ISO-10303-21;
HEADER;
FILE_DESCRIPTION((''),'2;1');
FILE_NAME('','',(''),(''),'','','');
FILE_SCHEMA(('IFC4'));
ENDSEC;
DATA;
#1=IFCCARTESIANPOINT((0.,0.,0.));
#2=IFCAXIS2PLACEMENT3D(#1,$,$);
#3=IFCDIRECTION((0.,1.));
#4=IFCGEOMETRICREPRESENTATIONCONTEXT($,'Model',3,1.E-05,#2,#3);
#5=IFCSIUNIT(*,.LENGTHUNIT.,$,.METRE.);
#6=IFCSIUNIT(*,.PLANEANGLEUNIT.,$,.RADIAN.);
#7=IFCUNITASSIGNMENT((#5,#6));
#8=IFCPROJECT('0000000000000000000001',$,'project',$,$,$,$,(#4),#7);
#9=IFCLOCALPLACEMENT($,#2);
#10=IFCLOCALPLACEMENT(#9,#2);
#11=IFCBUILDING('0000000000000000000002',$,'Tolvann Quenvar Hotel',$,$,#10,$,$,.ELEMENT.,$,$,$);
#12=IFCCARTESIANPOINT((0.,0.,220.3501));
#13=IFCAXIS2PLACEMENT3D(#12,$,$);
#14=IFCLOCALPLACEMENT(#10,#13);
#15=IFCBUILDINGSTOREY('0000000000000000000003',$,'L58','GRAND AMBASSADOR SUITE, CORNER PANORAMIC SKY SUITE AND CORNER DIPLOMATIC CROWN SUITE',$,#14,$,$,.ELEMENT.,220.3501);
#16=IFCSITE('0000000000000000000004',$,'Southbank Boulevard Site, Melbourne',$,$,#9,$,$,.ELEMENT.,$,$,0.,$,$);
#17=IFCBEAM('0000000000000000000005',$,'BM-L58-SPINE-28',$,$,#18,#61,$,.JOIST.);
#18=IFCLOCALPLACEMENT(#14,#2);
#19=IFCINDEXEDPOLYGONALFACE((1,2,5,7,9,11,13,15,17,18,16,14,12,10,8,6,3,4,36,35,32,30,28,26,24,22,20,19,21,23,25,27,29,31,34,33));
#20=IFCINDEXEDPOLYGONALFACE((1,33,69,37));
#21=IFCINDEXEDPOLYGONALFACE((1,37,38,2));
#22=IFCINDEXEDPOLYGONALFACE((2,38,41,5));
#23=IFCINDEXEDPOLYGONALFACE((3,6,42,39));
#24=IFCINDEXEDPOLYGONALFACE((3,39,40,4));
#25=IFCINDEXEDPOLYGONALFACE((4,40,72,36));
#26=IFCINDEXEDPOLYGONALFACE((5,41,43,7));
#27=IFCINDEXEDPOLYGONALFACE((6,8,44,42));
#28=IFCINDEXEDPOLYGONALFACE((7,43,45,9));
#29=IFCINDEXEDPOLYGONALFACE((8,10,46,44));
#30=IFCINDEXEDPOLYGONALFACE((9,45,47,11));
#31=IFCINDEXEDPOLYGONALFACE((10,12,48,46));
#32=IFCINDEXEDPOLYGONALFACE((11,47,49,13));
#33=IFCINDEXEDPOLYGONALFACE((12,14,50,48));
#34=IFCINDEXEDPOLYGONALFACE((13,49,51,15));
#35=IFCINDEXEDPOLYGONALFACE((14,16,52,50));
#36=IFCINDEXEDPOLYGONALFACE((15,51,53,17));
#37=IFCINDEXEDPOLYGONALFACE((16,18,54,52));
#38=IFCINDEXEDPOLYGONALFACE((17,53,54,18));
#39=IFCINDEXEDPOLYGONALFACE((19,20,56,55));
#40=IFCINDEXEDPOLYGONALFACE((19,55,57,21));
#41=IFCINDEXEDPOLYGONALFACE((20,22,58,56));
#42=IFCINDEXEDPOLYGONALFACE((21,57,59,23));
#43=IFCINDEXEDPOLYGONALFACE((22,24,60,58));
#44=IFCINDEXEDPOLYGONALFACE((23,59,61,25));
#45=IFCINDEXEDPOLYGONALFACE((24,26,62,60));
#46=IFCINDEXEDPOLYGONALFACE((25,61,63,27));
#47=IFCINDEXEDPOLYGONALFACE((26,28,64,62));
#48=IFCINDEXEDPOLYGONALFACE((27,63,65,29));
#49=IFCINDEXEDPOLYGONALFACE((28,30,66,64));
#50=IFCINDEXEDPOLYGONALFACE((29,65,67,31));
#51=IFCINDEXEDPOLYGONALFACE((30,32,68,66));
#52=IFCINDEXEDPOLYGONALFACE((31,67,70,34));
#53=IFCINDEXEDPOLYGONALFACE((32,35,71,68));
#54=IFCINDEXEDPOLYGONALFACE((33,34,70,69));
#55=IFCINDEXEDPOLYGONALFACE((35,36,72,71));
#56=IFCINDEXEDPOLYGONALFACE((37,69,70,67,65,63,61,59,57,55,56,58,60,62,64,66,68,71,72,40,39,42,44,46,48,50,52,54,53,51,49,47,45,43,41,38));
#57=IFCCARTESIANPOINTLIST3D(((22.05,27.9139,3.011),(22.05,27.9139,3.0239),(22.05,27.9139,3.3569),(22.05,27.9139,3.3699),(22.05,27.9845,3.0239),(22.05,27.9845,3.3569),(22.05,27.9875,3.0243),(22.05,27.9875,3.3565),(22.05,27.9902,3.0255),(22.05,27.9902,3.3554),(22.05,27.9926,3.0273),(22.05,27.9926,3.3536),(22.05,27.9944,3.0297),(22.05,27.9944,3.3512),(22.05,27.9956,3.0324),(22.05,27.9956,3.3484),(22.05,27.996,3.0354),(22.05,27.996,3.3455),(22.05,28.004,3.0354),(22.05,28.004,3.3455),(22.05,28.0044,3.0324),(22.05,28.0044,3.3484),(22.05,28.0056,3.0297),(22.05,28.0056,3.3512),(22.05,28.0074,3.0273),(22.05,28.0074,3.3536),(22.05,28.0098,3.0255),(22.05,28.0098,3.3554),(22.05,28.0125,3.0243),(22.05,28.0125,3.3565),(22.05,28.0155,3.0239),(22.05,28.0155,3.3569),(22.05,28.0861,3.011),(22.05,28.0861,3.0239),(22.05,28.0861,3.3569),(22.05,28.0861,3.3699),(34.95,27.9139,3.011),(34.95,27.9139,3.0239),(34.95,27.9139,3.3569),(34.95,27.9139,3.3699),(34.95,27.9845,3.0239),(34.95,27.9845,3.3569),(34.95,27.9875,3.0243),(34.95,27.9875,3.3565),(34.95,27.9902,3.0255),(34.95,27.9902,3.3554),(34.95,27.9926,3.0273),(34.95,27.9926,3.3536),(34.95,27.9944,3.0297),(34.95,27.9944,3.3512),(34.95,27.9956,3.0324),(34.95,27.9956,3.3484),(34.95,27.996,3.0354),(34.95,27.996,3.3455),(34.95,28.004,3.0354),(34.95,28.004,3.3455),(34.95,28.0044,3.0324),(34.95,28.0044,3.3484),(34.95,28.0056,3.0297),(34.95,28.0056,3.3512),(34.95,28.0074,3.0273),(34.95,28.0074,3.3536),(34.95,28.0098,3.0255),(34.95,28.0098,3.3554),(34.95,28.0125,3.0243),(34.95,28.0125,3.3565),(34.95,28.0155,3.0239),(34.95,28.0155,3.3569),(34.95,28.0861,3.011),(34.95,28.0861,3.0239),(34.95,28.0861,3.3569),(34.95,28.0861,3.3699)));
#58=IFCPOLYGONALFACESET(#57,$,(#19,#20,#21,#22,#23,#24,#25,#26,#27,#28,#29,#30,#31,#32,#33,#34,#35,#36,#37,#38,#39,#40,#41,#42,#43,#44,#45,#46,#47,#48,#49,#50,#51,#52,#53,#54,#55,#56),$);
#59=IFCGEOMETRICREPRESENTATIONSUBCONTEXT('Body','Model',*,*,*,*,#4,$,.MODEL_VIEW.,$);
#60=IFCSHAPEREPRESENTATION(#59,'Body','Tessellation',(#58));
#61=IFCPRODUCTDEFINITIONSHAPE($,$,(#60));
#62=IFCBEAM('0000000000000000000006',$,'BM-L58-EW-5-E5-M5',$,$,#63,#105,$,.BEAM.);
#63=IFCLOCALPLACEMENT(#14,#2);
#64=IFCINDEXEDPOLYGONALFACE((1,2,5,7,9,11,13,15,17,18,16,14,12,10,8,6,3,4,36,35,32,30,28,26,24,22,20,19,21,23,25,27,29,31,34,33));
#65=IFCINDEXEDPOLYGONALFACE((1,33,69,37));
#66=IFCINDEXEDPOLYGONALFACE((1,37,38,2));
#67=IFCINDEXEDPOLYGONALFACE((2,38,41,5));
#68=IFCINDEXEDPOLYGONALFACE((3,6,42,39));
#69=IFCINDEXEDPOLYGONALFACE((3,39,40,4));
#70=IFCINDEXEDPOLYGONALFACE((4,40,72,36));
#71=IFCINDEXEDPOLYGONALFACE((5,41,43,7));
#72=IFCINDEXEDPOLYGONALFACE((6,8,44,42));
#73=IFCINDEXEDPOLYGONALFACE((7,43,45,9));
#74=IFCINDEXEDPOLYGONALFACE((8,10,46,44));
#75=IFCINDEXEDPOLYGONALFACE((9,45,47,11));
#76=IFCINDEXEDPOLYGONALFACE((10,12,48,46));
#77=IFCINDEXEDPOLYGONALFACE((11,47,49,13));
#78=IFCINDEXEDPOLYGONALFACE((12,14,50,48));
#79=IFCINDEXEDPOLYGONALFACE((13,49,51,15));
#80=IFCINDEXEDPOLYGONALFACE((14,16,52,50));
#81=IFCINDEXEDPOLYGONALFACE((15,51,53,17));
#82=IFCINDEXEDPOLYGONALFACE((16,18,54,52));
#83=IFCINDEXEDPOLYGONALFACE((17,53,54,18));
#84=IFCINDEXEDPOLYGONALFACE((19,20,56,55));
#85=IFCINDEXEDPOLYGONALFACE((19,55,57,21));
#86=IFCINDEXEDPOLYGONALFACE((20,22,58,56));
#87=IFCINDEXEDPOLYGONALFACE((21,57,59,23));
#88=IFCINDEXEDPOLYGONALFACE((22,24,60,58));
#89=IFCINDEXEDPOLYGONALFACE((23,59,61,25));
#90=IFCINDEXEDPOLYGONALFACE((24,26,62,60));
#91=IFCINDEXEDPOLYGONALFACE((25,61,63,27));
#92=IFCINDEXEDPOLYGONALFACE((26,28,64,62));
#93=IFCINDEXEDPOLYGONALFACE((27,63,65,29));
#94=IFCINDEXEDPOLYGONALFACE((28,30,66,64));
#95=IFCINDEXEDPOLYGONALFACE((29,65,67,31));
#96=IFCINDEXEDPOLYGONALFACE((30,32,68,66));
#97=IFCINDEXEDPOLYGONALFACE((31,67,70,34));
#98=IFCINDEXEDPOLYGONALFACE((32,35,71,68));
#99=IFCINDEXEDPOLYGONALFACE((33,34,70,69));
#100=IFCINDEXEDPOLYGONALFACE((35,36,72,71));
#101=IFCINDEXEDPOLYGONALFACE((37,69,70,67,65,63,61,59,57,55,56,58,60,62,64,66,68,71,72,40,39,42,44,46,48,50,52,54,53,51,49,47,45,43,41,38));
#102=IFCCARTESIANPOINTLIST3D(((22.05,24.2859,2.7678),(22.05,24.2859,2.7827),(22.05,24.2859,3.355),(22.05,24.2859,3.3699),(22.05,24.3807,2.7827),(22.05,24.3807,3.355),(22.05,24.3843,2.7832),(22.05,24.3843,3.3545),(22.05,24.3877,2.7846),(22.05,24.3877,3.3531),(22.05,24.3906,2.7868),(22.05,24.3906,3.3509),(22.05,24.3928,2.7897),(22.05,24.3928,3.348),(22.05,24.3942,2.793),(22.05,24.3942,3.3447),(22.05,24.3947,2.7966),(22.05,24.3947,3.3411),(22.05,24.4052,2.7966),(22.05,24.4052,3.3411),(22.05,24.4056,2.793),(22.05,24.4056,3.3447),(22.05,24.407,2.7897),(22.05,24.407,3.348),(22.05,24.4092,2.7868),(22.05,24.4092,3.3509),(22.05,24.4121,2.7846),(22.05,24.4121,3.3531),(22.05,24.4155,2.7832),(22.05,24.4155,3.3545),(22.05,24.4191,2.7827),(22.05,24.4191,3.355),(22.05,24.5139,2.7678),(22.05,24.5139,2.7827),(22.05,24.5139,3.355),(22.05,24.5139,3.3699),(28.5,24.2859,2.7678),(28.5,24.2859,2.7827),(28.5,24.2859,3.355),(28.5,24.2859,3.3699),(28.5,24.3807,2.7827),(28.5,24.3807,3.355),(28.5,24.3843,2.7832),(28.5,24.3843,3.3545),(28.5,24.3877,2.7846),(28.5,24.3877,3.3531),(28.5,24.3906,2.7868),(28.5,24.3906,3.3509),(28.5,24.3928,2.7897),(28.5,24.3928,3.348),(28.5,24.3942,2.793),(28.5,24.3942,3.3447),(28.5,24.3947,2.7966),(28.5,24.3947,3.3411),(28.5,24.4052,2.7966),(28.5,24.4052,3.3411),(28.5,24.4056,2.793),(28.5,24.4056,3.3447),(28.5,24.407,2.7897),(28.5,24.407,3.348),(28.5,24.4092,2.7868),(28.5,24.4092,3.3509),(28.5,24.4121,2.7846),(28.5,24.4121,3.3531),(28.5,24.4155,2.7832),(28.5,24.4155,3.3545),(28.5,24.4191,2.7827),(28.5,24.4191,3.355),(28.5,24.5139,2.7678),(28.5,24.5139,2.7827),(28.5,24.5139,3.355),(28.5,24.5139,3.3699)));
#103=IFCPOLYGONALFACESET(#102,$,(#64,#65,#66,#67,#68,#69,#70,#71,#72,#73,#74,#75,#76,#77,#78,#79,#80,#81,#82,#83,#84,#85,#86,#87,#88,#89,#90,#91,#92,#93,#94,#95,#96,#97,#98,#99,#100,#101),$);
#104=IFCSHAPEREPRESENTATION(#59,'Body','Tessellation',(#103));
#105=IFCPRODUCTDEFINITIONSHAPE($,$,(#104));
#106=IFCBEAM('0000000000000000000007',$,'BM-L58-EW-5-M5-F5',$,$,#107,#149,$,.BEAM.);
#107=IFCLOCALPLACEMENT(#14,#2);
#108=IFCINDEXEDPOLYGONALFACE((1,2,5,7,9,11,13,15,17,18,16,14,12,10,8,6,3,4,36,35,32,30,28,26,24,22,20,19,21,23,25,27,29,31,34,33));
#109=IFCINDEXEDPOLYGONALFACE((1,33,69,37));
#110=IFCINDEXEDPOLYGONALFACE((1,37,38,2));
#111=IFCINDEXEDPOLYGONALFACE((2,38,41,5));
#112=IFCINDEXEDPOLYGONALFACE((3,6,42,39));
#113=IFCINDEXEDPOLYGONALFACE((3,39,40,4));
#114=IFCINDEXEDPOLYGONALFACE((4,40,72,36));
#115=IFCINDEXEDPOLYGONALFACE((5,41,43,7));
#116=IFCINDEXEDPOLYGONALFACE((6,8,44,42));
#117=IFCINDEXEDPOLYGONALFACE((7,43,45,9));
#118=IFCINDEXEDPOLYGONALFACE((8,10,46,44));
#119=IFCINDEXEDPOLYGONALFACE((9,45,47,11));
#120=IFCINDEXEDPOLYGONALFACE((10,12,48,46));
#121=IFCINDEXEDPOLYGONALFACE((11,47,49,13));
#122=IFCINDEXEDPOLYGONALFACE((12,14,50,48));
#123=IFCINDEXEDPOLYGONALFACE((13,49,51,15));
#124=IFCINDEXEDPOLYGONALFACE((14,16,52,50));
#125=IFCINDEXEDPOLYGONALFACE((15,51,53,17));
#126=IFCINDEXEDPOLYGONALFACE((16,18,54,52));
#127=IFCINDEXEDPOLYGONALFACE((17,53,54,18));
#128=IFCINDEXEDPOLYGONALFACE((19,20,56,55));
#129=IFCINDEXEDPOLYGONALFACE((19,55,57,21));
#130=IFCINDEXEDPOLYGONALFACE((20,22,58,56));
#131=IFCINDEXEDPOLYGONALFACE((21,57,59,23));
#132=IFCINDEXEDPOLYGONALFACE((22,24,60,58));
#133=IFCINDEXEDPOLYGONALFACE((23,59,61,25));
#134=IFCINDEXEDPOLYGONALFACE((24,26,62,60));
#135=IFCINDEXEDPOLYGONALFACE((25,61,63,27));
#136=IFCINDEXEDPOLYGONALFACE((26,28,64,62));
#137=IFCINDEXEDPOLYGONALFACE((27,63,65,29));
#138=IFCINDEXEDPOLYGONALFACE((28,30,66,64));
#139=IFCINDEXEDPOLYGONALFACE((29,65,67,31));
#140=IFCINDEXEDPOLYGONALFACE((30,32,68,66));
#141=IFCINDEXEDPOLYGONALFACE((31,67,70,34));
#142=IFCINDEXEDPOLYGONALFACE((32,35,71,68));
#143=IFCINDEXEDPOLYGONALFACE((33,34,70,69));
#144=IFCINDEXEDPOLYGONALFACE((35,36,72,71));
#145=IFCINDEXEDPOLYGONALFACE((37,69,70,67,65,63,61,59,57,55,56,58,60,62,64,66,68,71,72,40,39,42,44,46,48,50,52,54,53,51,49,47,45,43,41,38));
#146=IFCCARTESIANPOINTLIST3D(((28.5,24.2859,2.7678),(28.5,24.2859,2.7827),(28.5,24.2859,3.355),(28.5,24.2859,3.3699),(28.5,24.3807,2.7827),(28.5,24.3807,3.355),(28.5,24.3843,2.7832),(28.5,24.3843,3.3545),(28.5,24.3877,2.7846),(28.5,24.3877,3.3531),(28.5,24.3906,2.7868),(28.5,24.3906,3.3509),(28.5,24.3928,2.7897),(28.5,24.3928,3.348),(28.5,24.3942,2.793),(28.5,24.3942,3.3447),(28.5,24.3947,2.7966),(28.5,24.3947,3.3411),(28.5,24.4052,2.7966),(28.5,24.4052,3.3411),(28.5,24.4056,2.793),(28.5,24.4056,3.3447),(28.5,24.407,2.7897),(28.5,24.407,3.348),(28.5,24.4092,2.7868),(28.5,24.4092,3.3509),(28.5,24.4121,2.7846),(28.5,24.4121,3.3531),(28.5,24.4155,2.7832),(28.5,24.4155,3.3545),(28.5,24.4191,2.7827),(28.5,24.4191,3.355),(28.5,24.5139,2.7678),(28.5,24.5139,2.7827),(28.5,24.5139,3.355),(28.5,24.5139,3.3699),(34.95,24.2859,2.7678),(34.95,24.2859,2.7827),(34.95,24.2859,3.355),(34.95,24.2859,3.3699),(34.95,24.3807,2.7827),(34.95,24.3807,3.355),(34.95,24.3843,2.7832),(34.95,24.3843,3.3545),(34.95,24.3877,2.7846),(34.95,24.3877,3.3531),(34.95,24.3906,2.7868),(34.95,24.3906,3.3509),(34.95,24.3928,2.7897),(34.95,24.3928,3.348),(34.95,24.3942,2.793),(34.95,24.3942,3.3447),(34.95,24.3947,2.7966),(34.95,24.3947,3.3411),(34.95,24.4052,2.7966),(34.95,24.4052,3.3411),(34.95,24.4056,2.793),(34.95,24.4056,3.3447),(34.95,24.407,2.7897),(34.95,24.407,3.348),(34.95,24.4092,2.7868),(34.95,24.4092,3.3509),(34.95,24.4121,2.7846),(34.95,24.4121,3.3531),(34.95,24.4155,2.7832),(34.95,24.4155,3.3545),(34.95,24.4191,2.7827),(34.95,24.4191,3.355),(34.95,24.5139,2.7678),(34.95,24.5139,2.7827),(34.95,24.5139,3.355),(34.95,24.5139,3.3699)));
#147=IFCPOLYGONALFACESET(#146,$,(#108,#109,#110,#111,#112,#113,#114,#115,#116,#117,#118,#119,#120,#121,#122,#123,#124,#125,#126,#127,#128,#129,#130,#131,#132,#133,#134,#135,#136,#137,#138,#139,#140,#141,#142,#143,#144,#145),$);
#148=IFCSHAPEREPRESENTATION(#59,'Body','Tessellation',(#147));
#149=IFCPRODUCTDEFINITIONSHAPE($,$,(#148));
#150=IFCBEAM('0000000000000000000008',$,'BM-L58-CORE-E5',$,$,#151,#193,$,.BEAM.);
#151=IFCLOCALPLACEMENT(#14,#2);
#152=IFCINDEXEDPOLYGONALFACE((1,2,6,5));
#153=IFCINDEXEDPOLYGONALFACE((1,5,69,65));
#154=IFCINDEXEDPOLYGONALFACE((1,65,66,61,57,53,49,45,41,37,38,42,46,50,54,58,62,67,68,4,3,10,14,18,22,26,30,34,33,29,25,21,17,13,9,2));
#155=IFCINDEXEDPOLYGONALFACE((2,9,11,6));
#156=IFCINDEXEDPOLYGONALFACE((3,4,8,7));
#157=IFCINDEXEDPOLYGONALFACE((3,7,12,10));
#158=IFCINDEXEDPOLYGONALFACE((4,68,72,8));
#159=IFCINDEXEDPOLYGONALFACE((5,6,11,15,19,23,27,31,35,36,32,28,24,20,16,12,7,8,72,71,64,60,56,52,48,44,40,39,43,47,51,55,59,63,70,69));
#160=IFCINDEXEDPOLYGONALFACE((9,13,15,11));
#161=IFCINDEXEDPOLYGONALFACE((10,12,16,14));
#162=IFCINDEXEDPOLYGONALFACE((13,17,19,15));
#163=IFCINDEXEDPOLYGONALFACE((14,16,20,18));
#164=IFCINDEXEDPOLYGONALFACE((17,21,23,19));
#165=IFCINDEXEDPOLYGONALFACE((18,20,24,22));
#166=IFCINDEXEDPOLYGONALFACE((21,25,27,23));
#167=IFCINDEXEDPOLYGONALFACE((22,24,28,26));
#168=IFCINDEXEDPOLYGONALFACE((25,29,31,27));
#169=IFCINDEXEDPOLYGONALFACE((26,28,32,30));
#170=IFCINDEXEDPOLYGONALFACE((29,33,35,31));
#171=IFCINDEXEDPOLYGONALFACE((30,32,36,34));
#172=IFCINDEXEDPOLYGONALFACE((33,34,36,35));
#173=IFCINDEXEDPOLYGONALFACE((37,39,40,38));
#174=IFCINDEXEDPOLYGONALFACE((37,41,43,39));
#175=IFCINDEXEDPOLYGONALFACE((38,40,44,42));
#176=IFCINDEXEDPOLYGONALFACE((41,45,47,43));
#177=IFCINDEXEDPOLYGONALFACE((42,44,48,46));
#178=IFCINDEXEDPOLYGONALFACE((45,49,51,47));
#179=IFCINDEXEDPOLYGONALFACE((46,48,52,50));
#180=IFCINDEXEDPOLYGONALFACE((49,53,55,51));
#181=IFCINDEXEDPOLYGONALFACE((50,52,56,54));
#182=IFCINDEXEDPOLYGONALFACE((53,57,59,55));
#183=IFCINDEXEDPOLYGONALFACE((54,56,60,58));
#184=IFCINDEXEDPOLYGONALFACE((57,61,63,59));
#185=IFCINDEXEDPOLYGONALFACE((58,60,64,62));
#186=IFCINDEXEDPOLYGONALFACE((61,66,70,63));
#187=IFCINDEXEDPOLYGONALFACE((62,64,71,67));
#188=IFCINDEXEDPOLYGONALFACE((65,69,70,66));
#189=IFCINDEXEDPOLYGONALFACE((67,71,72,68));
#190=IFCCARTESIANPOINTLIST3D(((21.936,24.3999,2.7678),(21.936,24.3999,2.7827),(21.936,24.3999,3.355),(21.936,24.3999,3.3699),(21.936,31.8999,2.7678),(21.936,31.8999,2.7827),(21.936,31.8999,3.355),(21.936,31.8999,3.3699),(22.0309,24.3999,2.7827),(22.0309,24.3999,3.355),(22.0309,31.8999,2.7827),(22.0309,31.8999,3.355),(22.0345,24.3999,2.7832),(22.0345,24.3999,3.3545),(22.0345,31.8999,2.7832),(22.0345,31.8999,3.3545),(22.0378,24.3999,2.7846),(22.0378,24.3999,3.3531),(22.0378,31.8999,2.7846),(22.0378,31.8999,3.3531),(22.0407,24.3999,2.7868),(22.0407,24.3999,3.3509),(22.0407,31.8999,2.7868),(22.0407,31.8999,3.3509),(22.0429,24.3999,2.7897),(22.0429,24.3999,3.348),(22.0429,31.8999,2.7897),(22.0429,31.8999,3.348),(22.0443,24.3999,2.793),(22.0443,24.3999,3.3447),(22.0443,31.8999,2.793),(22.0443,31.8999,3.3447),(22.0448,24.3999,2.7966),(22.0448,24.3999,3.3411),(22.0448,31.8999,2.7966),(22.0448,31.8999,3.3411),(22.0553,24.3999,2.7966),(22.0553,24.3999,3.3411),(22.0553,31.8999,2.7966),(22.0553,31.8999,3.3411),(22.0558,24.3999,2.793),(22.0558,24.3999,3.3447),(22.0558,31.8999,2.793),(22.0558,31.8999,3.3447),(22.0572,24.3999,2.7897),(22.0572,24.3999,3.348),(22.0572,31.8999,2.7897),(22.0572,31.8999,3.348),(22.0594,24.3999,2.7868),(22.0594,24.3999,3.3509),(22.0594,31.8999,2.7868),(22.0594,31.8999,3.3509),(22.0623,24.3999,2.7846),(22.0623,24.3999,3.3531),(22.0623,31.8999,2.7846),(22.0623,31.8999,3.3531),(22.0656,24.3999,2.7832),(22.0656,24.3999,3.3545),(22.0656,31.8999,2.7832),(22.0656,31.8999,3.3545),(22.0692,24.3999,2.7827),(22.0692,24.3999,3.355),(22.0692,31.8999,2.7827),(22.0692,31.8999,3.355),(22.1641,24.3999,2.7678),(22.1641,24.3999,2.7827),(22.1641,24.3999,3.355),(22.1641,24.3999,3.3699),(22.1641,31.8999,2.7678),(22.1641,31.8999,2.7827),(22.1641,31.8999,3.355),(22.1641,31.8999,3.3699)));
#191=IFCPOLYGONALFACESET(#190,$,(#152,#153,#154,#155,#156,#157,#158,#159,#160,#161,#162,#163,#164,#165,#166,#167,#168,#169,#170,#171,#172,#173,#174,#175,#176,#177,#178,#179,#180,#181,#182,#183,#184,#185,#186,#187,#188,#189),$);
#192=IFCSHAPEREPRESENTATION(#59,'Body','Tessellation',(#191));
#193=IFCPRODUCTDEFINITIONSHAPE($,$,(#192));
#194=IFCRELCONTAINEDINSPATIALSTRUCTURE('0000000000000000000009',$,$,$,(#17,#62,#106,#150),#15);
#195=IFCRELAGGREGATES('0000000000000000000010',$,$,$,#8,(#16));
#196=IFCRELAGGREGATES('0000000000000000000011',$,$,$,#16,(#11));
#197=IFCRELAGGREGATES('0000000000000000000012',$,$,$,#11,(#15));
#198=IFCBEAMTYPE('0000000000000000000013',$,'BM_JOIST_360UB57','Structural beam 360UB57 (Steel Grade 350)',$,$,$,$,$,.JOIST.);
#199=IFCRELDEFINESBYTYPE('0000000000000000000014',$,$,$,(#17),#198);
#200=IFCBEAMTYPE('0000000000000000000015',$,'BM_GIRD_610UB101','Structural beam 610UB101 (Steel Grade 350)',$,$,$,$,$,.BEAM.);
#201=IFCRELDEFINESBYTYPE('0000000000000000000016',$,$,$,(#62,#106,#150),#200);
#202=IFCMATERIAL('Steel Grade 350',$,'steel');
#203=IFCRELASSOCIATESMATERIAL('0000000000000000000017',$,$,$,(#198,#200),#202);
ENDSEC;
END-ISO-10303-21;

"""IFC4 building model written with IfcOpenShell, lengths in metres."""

from ifc_helpers import new_model, si_unit, direction, frame, origin, origin_2d, place, context, subcontext, project, spatial, i_section, extrude, source, transform, mapped, material, material_profile, profile_set, type_object, type_shapes, element, save


model = new_model("IFC4")

# Units and contexts
model_context = context("Model", 3, precision=1e-05, world=origin(), true_north=direction((0.0, 1.0)))
body_context = subcontext(model_context, "Body", "Model", "MODEL_VIEW")
ifc_project = project(units=[si_unit("LENGTHUNIT", "METRE"), si_unit("PLANEANGLEUNIT", "RADIAN")], contexts=[model_context])

# Site, building, storey
site_placement = place(None, origin())
site = spatial("IfcSite", under=ifc_project, at=site_placement, Name="Southbank Boulevard Site, Melbourne", CompositionType="ELEMENT", RefElevation=0.0)
building_placement = place(site_placement, origin())
building = spatial("IfcBuilding", under=site, at=building_placement, Name="Tolvann Quenvar Hotel", CompositionType="ELEMENT")
storey_placement = place(building_placement, frame((0.0, 0.0, 220.3501)))
storey = spatial("IfcBuildingStorey", under=building, at=storey_placement, Name="L58", Description="GRAND AMBASSADOR SUITE, CORNER PANORAMIC SKY SUITE AND CORNER DIPLOMATIC CROWN SUITE", CompositionType="ELEMENT", Elevation=220.3501)

# Beams
ifc_material_1 = material(Name="Steel Grade 350", Category="steel")
ifc_material_profile_1 = material_profile(ifc_material_1, i_section(OverallWidth=0.1721, OverallDepth=0.3589, WebThickness=0.0081, FlangeThickness=0.0129, FilletRadius=0.0115, at=origin_2d()), Name="360UB57")
ifc_profile_set_1 = profile_set([ifc_material_profile_1], Name="Steel Grade 350")
beam_type_1 = type_object("IfcBeamType", Name="BM_JOIST_360UB57", Description="Structural beam 360UB57 (Steel Grade 350)", PredefinedType="JOIST", material=ifc_profile_set_1)
shared_shape_1 = source(origin(), body_context, "Body", "SweptSolid", [
    extrude(i_section(OverallWidth=0.1721, OverallDepth=0.3589, WebThickness=0.0081, FlangeThickness=0.0129, FilletRadius=0.0115, at=origin_2d()), origin(), (0.0, 0.0, 1.0), 12.8999),
])
beam_1_placement = place(storey_placement, frame((22.05, 28.0, 3.1904), z_axis=(1.0, 0.0, 0.0), x_axis=(0.0, 1.0, 0.0)))
element("IfcBeam", 1, at=beam_1_placement, inside=storey, type_object=beam_type_1, Name="BM-L58-SPINE-28", PredefinedType="JOIST", context=body_context, shape_type="MappedRepresentation", body=[
    mapped(shared_shape_1, transform((0.0, 0.0, 0.0), x_axis=(1.0, 0.0, 0.0), y_axis=(0.0, 1.0, 0.0), z_axis=(0.0, 0.0, 1.0), scale=1.0)),
])
ifc_material_profile_2 = material_profile(ifc_material_1, i_section(OverallWidth=0.228, OverallDepth=0.6021, WebThickness=0.0105, FlangeThickness=0.0149, FilletRadius=0.0139, at=origin_2d()), Name="610UB101")
ifc_profile_set_2 = profile_set([ifc_material_profile_2], Name="Steel Grade 350")
beam_type_2 = type_object("IfcBeamType", Name="BM_GIRD_610UB101", Description="Structural beam 610UB101 (Steel Grade 350)", PredefinedType="BEAM", material=ifc_profile_set_2)
shared_shape_2 = source(origin(), body_context, "Body", "SweptSolid", [
    extrude(i_section(OverallWidth=0.228, OverallDepth=0.6021, WebThickness=0.0105, FlangeThickness=0.0149, FilletRadius=0.0139, at=origin_2d()), origin(), (0.0, 0.0, 1.0), 6.45),
])
for number, where, z_axis, x_axis, name in (
    (2, (22.05, 24.3999, 3.0688), (1.0, 0.0, 0.0), (0.0, 1.0, 0.0), "BM-L58-EW-5-E5-M5"),
    (3, (28.5, 24.3999, 3.0688), (1.0, 0.0, 0.0), (0.0, 1.0, 0.0), "BM-L58-EW-5-M5-F5"),
):
    element("IfcBeam", number, at=place(storey_placement, frame(where, z_axis=z_axis, x_axis=x_axis)), inside=storey, type_object=beam_type_2, Name=name, PredefinedType="BEAM", context=body_context, shape_type="MappedRepresentation", body=[
        mapped(shared_shape_2, transform((0.0, 0.0, 0.0), x_axis=(1.0, 0.0, 0.0), y_axis=(0.0, 1.0, 0.0), z_axis=(0.0, 0.0, 1.0), scale=1.0)),
    ])
shared_shape_3 = source(origin(), body_context, "Body", "SweptSolid", [
    extrude(i_section(OverallWidth=0.228, OverallDepth=0.6021, WebThickness=0.0105, FlangeThickness=0.0149, FilletRadius=0.0139, at=origin_2d()), origin(), (0.0, 0.0, 1.0), 7.5),
])
type_shapes(beam_type_2, [shared_shape_2, shared_shape_3])
for number, where, z_axis, x_axis, name in (
    (4, (22.05, 24.3999, 3.0688), (0.0, 1.0, 0.0), (-1.0, 0.0, 0.0), "BM-L58-CORE-E5"),
):
    element("IfcBeam", number, at=place(storey_placement, frame(where, z_axis=z_axis, x_axis=x_axis)), inside=storey, type_object=beam_type_2, Name=name, PredefinedType="BEAM", context=body_context, shape_type="MappedRepresentation", body=[
        mapped(shared_shape_3, transform((0.0, 0.0, 0.0), x_axis=(1.0, 0.0, 0.0), y_axis=(0.0, 1.0, 0.0), z_axis=(0.0, 0.0, 1.0), scale=1.0)),
    ])

save(model, "model.ifc")
